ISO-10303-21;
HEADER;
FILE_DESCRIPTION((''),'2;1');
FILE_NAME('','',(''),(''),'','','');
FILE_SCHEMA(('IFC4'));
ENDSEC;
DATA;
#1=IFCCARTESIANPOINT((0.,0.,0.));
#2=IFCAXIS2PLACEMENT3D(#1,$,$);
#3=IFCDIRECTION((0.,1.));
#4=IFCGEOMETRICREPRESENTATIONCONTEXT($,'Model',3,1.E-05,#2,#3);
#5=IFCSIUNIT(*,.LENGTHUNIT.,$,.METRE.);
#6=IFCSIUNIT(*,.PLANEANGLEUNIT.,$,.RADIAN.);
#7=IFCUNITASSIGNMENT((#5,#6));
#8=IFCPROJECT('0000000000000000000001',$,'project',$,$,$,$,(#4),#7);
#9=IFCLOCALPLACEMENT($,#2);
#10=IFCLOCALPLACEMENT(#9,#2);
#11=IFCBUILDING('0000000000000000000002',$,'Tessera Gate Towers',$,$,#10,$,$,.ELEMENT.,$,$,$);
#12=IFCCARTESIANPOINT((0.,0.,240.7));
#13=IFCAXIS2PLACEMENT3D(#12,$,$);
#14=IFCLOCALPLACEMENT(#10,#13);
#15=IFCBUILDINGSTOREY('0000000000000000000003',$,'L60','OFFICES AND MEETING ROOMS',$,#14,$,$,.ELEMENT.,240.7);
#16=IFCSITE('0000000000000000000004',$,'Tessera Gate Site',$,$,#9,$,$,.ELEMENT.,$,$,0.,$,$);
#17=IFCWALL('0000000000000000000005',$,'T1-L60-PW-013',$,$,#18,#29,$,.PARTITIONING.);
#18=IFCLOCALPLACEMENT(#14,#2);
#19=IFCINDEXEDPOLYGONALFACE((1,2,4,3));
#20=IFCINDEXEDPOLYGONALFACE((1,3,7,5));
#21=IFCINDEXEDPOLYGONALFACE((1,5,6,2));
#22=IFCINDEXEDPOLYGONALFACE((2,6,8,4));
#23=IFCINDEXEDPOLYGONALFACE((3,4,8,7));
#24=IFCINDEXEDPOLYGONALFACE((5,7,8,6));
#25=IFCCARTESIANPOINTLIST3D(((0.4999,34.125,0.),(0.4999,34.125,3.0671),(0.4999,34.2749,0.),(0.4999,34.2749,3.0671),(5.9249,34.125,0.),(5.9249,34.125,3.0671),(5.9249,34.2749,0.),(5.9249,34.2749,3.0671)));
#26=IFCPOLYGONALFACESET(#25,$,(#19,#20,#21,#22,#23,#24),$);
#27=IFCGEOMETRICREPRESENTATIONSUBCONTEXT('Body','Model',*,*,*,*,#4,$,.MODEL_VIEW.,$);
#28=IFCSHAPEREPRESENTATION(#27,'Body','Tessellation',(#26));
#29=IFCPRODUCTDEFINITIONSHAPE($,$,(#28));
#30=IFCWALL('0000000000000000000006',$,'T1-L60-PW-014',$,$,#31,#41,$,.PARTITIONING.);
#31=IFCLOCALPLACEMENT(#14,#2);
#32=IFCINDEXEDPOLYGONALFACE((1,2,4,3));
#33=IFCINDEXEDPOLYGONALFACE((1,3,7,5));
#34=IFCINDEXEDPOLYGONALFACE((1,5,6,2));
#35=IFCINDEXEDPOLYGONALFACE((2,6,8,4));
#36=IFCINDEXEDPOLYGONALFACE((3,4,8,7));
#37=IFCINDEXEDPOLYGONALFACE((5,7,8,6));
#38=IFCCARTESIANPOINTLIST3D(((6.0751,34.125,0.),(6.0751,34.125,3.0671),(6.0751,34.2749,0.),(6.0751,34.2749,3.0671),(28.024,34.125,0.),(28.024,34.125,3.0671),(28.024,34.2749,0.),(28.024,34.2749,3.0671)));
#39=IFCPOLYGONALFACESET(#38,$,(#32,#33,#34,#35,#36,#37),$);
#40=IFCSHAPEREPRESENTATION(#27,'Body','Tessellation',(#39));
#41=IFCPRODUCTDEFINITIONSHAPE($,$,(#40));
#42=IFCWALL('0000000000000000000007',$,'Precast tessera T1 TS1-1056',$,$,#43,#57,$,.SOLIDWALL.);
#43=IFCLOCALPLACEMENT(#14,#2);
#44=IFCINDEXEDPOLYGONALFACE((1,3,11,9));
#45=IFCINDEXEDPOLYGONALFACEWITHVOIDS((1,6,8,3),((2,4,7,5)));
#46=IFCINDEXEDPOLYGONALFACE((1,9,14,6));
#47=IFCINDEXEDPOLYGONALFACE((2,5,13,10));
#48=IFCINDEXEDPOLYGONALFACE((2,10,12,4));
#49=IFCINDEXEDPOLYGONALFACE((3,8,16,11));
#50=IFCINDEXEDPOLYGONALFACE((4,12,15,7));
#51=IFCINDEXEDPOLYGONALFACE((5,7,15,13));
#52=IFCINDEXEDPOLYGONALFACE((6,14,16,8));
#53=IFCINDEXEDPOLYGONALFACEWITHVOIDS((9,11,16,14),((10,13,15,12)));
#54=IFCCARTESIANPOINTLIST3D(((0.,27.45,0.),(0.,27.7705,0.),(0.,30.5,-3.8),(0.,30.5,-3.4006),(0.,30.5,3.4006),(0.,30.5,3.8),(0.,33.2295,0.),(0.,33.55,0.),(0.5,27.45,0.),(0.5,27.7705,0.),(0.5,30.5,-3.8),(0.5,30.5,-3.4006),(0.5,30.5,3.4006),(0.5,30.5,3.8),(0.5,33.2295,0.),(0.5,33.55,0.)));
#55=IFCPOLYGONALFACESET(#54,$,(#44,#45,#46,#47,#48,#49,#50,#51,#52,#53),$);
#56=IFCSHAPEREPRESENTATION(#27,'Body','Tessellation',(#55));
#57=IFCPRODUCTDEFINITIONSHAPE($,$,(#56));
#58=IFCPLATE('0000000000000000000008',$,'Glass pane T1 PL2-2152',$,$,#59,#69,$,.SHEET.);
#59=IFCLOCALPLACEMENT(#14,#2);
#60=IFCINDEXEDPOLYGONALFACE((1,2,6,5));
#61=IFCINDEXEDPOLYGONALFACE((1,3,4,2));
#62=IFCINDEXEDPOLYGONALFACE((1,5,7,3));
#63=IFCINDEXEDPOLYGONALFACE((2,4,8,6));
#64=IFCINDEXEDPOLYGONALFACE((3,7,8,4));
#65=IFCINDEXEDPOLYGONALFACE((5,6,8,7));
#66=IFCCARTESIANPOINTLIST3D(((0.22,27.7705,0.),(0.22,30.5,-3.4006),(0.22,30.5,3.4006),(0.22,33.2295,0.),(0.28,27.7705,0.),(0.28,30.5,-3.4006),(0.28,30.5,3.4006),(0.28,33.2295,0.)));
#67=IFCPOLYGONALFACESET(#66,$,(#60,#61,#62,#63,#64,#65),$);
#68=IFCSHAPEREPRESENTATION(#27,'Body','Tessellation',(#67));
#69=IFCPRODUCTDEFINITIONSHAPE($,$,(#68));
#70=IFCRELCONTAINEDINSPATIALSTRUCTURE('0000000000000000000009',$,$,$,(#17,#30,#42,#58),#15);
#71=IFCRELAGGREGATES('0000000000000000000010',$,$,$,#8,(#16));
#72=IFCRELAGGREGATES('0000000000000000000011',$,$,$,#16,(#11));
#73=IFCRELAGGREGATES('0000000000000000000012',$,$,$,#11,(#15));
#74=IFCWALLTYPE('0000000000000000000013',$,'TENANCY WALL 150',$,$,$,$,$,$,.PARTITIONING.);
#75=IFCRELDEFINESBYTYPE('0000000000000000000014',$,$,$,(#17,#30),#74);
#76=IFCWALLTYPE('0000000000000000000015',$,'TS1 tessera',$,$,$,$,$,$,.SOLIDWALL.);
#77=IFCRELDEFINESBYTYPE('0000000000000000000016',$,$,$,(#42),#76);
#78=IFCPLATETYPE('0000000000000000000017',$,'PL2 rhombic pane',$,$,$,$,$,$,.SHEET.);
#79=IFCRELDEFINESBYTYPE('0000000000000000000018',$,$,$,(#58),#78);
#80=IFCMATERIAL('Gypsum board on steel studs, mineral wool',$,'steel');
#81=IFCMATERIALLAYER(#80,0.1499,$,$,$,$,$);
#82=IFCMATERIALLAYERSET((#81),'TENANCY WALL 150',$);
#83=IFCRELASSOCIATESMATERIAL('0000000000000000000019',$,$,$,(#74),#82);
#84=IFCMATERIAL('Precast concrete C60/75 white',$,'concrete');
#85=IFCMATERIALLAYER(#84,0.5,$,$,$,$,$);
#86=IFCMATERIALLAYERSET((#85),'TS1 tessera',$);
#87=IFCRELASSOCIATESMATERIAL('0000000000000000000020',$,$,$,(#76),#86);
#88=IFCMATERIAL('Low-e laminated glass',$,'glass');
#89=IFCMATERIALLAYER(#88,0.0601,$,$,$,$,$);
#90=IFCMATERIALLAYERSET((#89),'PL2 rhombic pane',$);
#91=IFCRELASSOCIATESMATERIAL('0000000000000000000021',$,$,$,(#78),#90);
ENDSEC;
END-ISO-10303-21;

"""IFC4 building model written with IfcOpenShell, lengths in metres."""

from ifc_helpers import new_model, si_unit, direction, frame, frame_2d, origin, place, context, subcontext, project, spatial, polyline, rectangle, outline, extrude, source, transform, mapped, material, layer, layer_set, type_object, element, fill, save


model = new_model("IFC4")

# Units and contexts
model_context = context("Model", 3, precision=1e-05, world=origin(), true_north=direction((0.0, 1.0)))
body_context = subcontext(model_context, "Body", "Model", "MODEL_VIEW")
ifc_project = project(units=[si_unit("LENGTHUNIT", "METRE"), si_unit("PLANEANGLEUNIT", "RADIAN")], contexts=[model_context])

# Site, building, storey
site_placement = place(None, origin())
site = spatial("IfcSite", under=ifc_project, at=site_placement, Name="Tessera Gate Site", CompositionType="ELEMENT", RefElevation=0.0)
building_placement = place(site_placement, origin())
building = spatial("IfcBuilding", under=site, at=building_placement, Name="Tessera Gate Towers", CompositionType="ELEMENT")
storey_placement = place(building_placement, frame((0.0, 0.0, 240.7)))
storey = spatial("IfcBuildingStorey", under=building, at=storey_placement, Name="L60", Description="OFFICES AND MEETING ROOMS", CompositionType="ELEMENT", Elevation=240.7)

# Walls
ifc_material_1 = material(Name="Gypsum board on steel studs, mineral wool", Category="steel")
ifc_layer_1 = layer(ifc_material_1, 0.1499)
ifc_layer_set_1 = layer_set([ifc_layer_1], Name="TENANCY WALL 150")
wall_type_1 = type_object("IfcWallType", Name="TENANCY WALL 150", PredefinedType="PARTITIONING", material=ifc_layer_set_1)
wall_1_placement = place(storey_placement, frame((0.5, 34.2, 0.0), z_axis=(0.0, 0.0, 1.0), x_axis=(1.0, 0.0, 0.0)))
element("IfcWall", 1, at=wall_1_placement, inside=storey, type_object=wall_type_1, Name="T1-L60-PW-013", PredefinedType="PARTITIONING", context=body_context, shape_type="SweptSolid", body=[
    extrude(rectangle(XDim=5.425, YDim=0.1499, at=frame_2d((2.7124, 0.0))), origin(), (0.0, 0.0, 1.0), 3.0671),
])
wall_2_placement = place(storey_placement, frame((6.075, 34.2, 0.0), z_axis=(0.0, 0.0, 1.0), x_axis=(1.0, 0.0, 0.0)))
element("IfcWall", 2, at=wall_2_placement, inside=storey, type_object=wall_type_1, Name="T1-L60-PW-014", PredefinedType="PARTITIONING", context=body_context, shape_type="SweptSolid", body=[
    extrude(rectangle(XDim=21.949, YDim=0.1499, at=frame_2d((10.9746, 0.0))), origin(), (0.0, 0.0, 1.0), 3.0671),
])

# Wall, opening, plate
ifc_material_2 = material(Name="Precast concrete C60/75 white", Category="concrete")
ifc_layer_2 = layer(ifc_material_2, 0.5)
ifc_layer_set_2 = layer_set([ifc_layer_2], Name="TS1 tessera")
wall_type_2 = type_object("IfcWallType", Name="TS1 tessera", PredefinedType="SOLIDWALL", material=ifc_layer_set_2)
shared_shape_1 = source(origin(), body_context, "Body", "SweptSolid", [
    extrude(outline(polyline([(3.05, 0.0), (6.1001, 3.8), (3.05, 7.6001), (0.0, 3.8), (3.05, 0.0)])), frame((0.0, 0.25, 0.0), z_axis=(0.0, -1.0, 0.0), x_axis=(1.0, 0.0, 0.0)), (0.0, 0.0, 1.0), 0.5),
])
wall_3_placement = place(storey_placement, frame((0.25, 33.55, -3.8), z_axis=(0.0, 0.0, 1.0), x_axis=(0.0, -1.0, 0.0)))
wall_3 = element("IfcWall", 3, at=wall_3_placement, inside=storey, type_object=wall_type_2, Name="Precast tessera T1 TS1-1056", PredefinedType="SOLIDWALL", context=body_context, shape_type="MappedRepresentation", body=[
    mapped(shared_shape_1, transform((0.0, 0.0, 0.0), scale=1.0)),
])
shared_shape_2 = source(origin(), body_context, "Body", "SweptSolid", [
    extrude(outline(polyline([(3.05, 0.3994), (5.7795, 3.8), (3.05, 7.2007), (0.3206, 3.8), (3.05, 0.3994)])), frame((0.0, 0.26, 0.0), z_axis=(0.0, -1.0, 0.0), x_axis=(1.0, 0.0, 0.0)), (0.0, 0.0, 1.0), 0.52),
])
opening_1_placement = place(wall_3_placement, origin())
opening_1 = element("IfcOpeningElement", 4, at=opening_1_placement, cuts=wall_3, PredefinedType="OPENING", context=body_context, shape_type="MappedRepresentation", body=[
    mapped(shared_shape_2, transform((0.0, 0.0, 0.0), scale=1.0)),
])
ifc_material_3 = material(Name="Low-e laminated glass", Category="glass")
ifc_layer_3 = layer(ifc_material_3, 0.0601)
ifc_layer_set_3 = layer_set([ifc_layer_3], Name="PL2 rhombic pane")
plate_type = type_object("IfcPlateType", Name="PL2 rhombic pane", PredefinedType="SHEET", material=ifc_layer_set_3)
shared_shape_3 = source(origin(), body_context, "Body", "SweptSolid", [
    extrude(outline(polyline([(3.05, 0.3994), (5.7795, 3.8), (3.05, 7.2007), (0.3206, 3.8), (3.05, 0.3994)])), frame((0.0, 0.03, 0.0), z_axis=(0.0, -1.0, 0.0), x_axis=(1.0, 0.0, 0.0)), (0.0, 0.0, 1.0), 0.0601),
])
plate_placement = place(opening_1_placement, origin())
plate = element("IfcPlate", 5, at=plate_placement, inside=storey, type_object=plate_type, Name="Glass pane T1 PL2-2152", PredefinedType="SHEET", context=body_context, shape_type="MappedRepresentation", body=[
    mapped(shared_shape_3, transform((0.0, 0.0, 0.0), scale=1.0)),
])
fill(opening_1, plate)

save(model, "model.ifc")
